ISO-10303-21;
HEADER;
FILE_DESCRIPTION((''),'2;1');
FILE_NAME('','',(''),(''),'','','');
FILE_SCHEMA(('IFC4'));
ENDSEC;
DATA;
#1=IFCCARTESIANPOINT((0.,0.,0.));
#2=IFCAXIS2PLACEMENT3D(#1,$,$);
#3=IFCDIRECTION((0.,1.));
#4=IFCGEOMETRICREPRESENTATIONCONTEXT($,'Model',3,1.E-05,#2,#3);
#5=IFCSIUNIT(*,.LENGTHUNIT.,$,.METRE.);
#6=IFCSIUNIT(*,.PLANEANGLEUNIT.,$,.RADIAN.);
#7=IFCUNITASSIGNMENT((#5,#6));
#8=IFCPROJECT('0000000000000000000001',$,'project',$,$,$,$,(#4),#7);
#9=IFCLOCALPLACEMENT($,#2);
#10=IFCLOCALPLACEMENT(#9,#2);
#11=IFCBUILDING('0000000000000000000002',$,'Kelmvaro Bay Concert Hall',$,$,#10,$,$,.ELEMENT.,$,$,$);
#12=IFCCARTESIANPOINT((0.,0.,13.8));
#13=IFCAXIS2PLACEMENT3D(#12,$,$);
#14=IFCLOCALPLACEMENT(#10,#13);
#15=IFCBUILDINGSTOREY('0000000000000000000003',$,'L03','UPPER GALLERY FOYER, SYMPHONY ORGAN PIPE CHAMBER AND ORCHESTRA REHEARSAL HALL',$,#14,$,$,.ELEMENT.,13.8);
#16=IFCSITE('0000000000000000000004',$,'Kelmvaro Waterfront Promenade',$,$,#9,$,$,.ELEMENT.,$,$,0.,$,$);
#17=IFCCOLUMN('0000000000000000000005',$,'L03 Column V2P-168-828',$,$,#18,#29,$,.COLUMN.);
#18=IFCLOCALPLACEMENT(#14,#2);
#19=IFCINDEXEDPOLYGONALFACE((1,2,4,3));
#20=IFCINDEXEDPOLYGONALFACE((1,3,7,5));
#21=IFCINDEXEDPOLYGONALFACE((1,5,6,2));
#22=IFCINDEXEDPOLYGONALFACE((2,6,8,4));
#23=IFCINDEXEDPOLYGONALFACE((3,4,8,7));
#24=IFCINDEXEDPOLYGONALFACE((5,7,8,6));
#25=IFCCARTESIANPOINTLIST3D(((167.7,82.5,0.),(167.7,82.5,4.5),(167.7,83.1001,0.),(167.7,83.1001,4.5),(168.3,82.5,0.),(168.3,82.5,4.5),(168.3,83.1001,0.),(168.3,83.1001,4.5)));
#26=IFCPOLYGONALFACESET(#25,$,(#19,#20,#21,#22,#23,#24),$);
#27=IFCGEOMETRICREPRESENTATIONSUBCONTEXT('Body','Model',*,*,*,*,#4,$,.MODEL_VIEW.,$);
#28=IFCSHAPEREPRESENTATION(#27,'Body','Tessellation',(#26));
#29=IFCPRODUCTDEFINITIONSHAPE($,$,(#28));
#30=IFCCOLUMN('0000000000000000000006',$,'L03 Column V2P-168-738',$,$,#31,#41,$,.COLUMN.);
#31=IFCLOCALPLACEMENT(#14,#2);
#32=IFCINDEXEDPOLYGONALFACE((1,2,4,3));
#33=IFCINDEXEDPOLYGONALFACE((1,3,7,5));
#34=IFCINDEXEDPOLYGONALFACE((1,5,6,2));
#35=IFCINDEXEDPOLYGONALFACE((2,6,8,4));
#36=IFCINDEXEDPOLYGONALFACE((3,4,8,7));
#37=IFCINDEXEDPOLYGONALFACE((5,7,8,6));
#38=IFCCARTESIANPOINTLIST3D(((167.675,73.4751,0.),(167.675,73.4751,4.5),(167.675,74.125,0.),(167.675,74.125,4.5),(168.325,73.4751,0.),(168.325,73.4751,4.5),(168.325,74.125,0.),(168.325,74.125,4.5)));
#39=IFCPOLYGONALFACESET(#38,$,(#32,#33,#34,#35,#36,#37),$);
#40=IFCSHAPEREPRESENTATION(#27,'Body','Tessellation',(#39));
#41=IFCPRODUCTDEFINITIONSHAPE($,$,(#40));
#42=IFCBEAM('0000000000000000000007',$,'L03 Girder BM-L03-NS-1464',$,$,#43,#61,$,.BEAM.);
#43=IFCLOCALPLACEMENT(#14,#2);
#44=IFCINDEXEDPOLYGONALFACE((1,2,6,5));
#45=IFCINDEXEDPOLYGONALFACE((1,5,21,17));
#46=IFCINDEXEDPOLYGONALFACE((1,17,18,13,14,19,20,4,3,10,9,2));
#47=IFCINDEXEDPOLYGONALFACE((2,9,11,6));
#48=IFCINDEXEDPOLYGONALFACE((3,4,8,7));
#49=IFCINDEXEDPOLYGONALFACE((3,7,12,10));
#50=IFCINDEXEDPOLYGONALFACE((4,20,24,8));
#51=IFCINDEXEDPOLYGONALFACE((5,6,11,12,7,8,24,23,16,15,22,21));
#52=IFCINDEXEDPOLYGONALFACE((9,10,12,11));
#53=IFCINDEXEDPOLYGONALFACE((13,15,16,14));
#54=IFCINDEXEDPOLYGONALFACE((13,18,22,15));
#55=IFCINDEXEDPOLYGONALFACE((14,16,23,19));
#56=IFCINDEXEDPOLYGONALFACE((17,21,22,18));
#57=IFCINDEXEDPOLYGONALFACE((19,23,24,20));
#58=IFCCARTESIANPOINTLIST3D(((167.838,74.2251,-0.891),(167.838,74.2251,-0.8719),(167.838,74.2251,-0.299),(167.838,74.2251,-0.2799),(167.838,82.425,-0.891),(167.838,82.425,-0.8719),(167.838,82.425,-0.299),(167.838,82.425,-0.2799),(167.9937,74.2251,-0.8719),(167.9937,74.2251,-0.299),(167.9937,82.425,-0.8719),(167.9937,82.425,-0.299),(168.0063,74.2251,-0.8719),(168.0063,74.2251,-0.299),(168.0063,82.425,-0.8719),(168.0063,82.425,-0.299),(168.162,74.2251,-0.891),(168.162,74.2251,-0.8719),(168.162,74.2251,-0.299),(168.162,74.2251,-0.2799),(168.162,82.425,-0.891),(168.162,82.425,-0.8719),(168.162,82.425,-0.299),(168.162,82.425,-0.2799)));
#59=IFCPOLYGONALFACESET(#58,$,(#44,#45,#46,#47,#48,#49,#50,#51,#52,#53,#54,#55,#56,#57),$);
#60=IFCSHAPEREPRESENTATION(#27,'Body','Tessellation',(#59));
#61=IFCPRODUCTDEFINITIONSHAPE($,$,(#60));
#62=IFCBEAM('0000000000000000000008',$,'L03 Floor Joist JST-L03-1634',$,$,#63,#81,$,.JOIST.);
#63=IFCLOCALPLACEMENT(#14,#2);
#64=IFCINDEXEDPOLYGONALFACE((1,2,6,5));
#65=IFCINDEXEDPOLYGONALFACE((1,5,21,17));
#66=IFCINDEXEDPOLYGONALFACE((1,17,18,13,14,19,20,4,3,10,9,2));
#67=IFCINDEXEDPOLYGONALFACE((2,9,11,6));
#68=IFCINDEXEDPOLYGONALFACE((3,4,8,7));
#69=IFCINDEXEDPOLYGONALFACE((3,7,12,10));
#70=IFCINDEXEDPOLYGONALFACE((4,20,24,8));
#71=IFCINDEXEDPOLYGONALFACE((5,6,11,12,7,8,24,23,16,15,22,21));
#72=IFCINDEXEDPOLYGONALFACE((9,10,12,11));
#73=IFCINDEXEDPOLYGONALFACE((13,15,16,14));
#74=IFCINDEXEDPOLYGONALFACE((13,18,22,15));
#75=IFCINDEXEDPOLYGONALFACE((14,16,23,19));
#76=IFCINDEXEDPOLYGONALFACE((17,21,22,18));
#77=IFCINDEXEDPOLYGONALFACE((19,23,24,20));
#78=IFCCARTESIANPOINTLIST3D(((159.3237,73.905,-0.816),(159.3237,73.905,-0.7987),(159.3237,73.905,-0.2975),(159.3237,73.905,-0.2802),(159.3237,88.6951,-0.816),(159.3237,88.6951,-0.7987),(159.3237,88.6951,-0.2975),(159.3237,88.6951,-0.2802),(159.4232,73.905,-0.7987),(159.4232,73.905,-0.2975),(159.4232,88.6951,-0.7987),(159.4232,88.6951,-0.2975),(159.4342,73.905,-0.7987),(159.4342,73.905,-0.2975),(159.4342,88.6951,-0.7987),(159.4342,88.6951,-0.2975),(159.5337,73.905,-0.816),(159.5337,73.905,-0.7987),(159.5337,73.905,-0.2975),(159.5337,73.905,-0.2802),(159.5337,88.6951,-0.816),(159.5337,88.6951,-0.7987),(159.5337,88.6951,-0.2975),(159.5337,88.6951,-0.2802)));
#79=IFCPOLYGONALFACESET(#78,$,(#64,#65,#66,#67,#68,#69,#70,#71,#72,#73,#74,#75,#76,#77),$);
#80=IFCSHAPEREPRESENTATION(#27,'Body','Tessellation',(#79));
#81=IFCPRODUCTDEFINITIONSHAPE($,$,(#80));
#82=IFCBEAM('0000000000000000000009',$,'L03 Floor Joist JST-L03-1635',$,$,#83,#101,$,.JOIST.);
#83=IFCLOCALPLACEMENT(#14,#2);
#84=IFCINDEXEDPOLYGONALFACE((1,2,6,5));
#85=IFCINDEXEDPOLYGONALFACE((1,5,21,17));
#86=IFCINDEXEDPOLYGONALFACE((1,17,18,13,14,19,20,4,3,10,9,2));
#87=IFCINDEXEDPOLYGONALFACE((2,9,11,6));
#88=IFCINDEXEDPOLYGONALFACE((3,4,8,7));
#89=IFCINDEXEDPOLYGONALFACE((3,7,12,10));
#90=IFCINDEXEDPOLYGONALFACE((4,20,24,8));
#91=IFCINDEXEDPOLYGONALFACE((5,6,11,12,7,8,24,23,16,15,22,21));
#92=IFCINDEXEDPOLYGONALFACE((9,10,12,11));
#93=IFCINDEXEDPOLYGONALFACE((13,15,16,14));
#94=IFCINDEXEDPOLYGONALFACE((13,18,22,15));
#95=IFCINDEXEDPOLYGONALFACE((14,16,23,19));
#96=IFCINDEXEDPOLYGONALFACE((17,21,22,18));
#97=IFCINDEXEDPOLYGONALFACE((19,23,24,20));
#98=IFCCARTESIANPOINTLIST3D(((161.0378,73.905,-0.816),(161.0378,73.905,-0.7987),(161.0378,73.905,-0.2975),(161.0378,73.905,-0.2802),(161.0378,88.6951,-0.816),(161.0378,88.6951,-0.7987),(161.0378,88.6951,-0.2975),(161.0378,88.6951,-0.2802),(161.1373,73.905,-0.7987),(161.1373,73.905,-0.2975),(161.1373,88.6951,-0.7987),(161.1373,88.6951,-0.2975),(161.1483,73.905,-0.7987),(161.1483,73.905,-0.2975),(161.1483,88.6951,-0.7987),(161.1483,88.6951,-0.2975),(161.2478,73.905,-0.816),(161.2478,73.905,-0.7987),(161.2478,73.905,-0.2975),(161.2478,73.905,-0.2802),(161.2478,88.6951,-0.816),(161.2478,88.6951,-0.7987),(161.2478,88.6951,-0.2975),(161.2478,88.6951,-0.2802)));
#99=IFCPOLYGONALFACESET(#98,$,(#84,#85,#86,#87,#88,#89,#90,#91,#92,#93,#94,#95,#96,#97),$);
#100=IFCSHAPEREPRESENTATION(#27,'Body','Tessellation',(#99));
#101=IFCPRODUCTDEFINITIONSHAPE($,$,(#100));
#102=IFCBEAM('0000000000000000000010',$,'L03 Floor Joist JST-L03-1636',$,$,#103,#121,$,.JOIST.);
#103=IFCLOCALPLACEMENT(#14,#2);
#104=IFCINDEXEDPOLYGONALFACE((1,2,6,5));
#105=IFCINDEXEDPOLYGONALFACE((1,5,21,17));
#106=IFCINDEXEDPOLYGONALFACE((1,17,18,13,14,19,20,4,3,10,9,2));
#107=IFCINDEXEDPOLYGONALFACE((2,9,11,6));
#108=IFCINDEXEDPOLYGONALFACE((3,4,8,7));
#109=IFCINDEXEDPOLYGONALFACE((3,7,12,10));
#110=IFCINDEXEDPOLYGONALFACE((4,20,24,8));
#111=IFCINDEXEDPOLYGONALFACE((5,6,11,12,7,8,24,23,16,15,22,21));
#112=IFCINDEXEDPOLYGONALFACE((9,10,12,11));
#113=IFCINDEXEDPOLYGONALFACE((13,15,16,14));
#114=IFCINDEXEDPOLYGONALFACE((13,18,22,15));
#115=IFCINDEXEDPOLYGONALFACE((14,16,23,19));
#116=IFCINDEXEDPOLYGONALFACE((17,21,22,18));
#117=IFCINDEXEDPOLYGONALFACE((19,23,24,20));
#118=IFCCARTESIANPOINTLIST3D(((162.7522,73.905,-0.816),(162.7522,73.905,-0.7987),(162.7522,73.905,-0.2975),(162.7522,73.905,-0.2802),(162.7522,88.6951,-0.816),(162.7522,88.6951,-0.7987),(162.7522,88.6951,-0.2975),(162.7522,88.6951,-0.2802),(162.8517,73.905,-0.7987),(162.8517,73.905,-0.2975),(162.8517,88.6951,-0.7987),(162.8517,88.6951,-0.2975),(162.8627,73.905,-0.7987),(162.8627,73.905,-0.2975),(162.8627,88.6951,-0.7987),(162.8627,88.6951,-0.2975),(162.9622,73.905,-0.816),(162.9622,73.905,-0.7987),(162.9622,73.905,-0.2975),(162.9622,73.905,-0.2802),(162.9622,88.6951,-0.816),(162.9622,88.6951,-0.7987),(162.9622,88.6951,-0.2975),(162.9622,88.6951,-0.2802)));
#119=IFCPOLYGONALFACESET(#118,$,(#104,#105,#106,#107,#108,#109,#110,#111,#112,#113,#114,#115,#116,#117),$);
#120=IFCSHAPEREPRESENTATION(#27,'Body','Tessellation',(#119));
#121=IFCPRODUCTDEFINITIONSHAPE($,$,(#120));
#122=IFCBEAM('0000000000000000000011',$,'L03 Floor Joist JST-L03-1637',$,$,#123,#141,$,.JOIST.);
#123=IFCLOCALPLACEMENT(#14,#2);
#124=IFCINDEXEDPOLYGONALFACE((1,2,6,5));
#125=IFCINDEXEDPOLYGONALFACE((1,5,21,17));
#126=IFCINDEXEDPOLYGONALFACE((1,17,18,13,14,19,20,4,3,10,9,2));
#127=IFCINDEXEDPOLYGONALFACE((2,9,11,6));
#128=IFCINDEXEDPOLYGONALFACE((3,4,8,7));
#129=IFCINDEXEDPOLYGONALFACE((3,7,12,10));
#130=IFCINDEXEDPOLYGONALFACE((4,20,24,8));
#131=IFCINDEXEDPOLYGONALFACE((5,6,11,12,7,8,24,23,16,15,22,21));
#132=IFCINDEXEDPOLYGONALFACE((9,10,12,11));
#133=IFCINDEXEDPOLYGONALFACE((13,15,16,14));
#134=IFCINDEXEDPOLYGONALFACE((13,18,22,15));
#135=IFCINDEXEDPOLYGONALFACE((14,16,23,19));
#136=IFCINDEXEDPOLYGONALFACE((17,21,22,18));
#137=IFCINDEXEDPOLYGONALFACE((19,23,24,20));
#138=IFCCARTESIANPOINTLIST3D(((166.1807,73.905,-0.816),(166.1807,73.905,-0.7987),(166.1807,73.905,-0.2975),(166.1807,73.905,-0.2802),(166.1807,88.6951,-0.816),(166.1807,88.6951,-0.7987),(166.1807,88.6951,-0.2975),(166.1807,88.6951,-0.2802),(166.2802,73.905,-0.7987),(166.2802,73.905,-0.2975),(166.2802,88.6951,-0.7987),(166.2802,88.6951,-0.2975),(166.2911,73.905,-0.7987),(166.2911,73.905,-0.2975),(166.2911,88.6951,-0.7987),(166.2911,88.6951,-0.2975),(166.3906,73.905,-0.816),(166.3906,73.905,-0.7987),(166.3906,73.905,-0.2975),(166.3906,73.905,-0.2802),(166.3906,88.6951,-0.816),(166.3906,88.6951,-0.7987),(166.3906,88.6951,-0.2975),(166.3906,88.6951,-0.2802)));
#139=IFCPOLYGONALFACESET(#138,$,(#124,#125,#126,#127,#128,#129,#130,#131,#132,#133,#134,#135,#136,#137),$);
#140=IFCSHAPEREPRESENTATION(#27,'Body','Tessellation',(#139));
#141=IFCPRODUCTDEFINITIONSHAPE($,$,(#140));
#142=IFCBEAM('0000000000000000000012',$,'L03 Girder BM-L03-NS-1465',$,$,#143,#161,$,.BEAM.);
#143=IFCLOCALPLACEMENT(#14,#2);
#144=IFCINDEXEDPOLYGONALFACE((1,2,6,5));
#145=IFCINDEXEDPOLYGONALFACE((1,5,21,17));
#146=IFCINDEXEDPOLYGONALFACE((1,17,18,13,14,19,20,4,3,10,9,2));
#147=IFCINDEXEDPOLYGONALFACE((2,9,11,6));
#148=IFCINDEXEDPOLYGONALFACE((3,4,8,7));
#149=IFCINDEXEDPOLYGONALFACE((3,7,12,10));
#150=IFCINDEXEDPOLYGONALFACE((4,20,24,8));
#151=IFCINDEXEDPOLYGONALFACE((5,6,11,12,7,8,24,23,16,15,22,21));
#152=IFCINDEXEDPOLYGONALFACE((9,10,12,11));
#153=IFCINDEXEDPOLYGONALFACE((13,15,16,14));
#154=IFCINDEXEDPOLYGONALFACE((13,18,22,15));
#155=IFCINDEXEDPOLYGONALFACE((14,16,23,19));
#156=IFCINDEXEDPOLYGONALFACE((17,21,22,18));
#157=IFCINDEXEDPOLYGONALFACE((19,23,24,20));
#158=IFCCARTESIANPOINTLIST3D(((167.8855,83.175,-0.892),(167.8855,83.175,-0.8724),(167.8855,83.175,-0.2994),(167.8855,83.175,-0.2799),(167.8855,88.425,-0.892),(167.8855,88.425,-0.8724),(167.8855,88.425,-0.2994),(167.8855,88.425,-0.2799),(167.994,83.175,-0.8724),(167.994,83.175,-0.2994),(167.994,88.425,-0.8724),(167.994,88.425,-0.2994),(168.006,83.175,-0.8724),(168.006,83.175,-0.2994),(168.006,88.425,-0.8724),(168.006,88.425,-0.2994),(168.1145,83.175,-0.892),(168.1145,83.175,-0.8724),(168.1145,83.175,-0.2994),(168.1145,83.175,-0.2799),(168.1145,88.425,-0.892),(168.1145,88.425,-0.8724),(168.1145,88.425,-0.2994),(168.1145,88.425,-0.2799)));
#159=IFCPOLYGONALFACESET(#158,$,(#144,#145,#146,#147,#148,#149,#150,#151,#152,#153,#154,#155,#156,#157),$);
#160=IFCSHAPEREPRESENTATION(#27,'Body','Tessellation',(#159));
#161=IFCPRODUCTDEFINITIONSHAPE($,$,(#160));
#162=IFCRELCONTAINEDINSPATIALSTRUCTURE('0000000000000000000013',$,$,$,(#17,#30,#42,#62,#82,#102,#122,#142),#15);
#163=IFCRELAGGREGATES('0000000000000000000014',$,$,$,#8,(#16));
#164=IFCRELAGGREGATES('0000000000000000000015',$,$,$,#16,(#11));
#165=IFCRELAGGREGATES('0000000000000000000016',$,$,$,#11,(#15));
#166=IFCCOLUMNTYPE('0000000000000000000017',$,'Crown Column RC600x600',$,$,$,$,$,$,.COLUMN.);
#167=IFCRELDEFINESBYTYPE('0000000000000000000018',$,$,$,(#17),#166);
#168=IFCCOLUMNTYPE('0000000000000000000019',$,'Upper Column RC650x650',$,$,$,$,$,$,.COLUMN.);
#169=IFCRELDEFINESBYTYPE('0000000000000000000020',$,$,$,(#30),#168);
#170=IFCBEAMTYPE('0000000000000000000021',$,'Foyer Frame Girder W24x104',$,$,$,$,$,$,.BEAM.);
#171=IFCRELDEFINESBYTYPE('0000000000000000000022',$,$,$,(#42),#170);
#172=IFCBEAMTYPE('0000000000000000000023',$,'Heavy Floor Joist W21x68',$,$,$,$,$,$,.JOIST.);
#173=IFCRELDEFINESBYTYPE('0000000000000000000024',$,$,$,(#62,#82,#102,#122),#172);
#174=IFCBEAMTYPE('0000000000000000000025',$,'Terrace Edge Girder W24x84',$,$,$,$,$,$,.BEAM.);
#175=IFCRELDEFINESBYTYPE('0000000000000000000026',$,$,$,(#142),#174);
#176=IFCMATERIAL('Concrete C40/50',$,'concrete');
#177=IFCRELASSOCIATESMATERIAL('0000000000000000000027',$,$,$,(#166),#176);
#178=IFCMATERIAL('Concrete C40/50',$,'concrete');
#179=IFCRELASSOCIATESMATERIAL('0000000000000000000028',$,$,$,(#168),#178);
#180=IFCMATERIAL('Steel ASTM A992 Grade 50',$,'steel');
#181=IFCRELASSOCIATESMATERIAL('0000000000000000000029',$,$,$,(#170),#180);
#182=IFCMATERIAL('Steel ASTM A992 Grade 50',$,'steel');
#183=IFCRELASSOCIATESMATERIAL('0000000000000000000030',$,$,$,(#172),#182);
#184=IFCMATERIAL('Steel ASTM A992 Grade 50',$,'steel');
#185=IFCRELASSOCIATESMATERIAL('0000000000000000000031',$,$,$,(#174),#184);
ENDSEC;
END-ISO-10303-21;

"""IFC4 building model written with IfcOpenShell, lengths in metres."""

from ifc_helpers import new_model, si_unit, direction, frame, origin, origin_2d, place, context, subcontext, project, spatial, rectangle, i_section, extrude, material, material_profile, profile_set, type_object, element, save


model = new_model("IFC4")

# Units and contexts
model_context = context("Model", 3, precision=1e-05, world=origin(), true_north=direction((0.0, 1.0)))
body_context = subcontext(model_context, "Body", "Model", "MODEL_VIEW")
ifc_project = project(units=[si_unit("LENGTHUNIT", "METRE"), si_unit("PLANEANGLEUNIT", "RADIAN")], contexts=[model_context])

# Site, building, storey
site_placement = place(None, origin())
site = spatial("IfcSite", under=ifc_project, at=site_placement, Name="Kelmvaro Waterfront Promenade", CompositionType="ELEMENT", RefElevation=0.0)
building_placement = place(site_placement, origin())
building = spatial("IfcBuilding", under=site, at=building_placement, Name="Kelmvaro Bay Concert Hall", CompositionType="ELEMENT")
storey_placement = place(building_placement, frame((0.0, 0.0, 13.8)))
storey = spatial("IfcBuildingStorey", under=building, at=storey_placement, Name="L03", Description="UPPER GALLERY FOYER, SYMPHONY ORGAN PIPE CHAMBER AND ORCHESTRA REHEARSAL HALL", CompositionType="ELEMENT", Elevation=13.8)

# Columns
ifc_material_1 = material(Name="Concrete C40/50", Category="concrete")
ifc_material_profile_1 = material_profile(ifc_material_1, rectangle(XDim=0.6001, YDim=0.6001, at=origin_2d()), Name="RC-COL-600X600")
ifc_profile_set_1 = profile_set([ifc_material_profile_1], Name="Concrete C40/50")
column_type_1 = type_object("IfcColumnType", Name="Crown Column RC600x600", PredefinedType="COLUMN", material=ifc_profile_set_1)
column_1_placement = place(storey_placement, frame((168.0, 82.8, 0.0), z_axis=(0.0, 0.0, 1.0), x_axis=(1.0, 0.0, 0.0)))
element("IfcColumn", 1, at=column_1_placement, inside=storey, type_object=column_type_1, Name="L03 Column V2P-168-828", PredefinedType="COLUMN", context=body_context, shape_type="SweptSolid", body=[
    extrude(rectangle(XDim=0.6001, YDim=0.6001, at=origin_2d()), origin(), (0.0, 0.0, 1.0), 4.5),
])
ifc_material_2 = material(Name="Concrete C40/50", Category="concrete")
ifc_material_profile_2 = material_profile(ifc_material_2, rectangle(XDim=0.6499, YDim=0.6499, at=origin_2d()), Name="RC-COL-650X650")
ifc_profile_set_2 = profile_set([ifc_material_profile_2], Name="Concrete C40/50")
column_type_2 = type_object("IfcColumnType", Name="Upper Column RC650x650", PredefinedType="COLUMN", material=ifc_profile_set_2)
column_2_placement = place(storey_placement, frame((168.0, 73.8, 0.0), z_axis=(0.0, 0.0, 1.0), x_axis=(1.0, 0.0, 0.0)))
element("IfcColumn", 2, at=column_2_placement, inside=storey, type_object=column_type_2, Name="L03 Column V2P-168-738", PredefinedType="COLUMN", context=body_context, shape_type="SweptSolid", body=[
    extrude(rectangle(XDim=0.6499, YDim=0.6499, at=origin_2d()), origin(), (0.0, 0.0, 1.0), 4.5),
])

# Beams
ifc_material_3 = material(Name="Steel ASTM A992 Grade 50", Category="steel")
ifc_material_profile_3 = material_profile(ifc_material_3, i_section(OverallWidth=0.324, OverallDepth=0.6111, WebThickness=0.0127, FlangeThickness=0.019, at=origin_2d()), Name="W24X104")
ifc_profile_set_3 = profile_set([ifc_material_profile_3], Name="Steel ASTM A992 Grade 50")
beam_type_1 = type_object("IfcBeamType", Name="Foyer Frame Girder W24x104", PredefinedType="BEAM", material=ifc_profile_set_3)
beam_1_placement = place(storey_placement, frame((168.0, 74.2251, -0.5854), z_axis=(0.0, 1.0, 0.0), x_axis=(-1.0, 0.0, 0.0)))
element("IfcBeam", 3, at=beam_1_placement, inside=storey, type_object=beam_type_1, Name="L03 Girder BM-L03-NS-1464", PredefinedType="BEAM", context=body_context, shape_type="SweptSolid", body=[
    extrude(i_section(OverallWidth=0.324, OverallDepth=0.6111, WebThickness=0.0127, FlangeThickness=0.019, at=origin_2d()), origin(), (0.0, 0.0, 1.0), 8.2),
])
ifc_material_4 = material(Name="Steel ASTM A992 Grade 50", Category="steel")
ifc_material_profile_4 = material_profile(ifc_material_4, i_section(OverallWidth=0.21, OverallDepth=0.5359, WebThickness=0.011, FlangeThickness=0.0173, at=origin_2d()), Name="W21X68")
ifc_profile_set_4 = profile_set([ifc_material_profile_4], Name="Steel ASTM A992 Grade 50")
beam_type_2 = type_object("IfcBeamType", Name="Heavy Floor Joist W21x68", PredefinedType="JOIST", material=ifc_profile_set_4)
for number, where, z_axis, x_axis, name in (
    (4, (159.4287, 73.905, -0.5481), (0.0, 1.0, 0.0), (-1.0, 0.0, 0.0), "L03 Floor Joist JST-L03-1634"),
    (5, (161.1428, 73.905, -0.5481), (0.0, 1.0, 0.0), (-1.0, 0.0, 0.0), "L03 Floor Joist JST-L03-1635"),
    (6, (162.8572, 73.905, -0.5481), (0.0, 1.0, 0.0), (-1.0, 0.0, 0.0), "L03 Floor Joist JST-L03-1636"),
    (7, (166.2856, 73.905, -0.5481), (0.0, 1.0, 0.0), (-1.0, 0.0, 0.0), "L03 Floor Joist JST-L03-1637"),
):
    element("IfcBeam", number, at=place(storey_placement, frame(where, z_axis=z_axis, x_axis=x_axis)), inside=storey, type_object=beam_type_2, Name=name, PredefinedType="JOIST", context=body_context, shape_type="SweptSolid", body=[
        extrude(i_section(OverallWidth=0.21, OverallDepth=0.5359, WebThickness=0.011, FlangeThickness=0.0173, at=origin_2d()), origin(), (0.0, 0.0, 1.0), 14.79),
    ])
ifc_material_5 = material(Name="Steel ASTM A992 Grade 50", Category="steel")
ifc_material_profile_5 = material_profile(ifc_material_5, i_section(OverallWidth=0.229, OverallDepth=0.6121, WebThickness=0.012, FlangeThickness=0.0195, at=origin_2d()), Name="W24X84")
ifc_profile_set_5 = profile_set([ifc_material_profile_5], Name="Steel ASTM A992 Grade 50")
beam_type_3 = type_object("IfcBeamType", Name="Terrace Edge Girder W24x84", PredefinedType="BEAM", material=ifc_profile_set_5)
beam_2_placement = place(storey_placement, frame((168.0, 83.175, -0.5859), z_axis=(0.0, 1.0, 0.0), x_axis=(-1.0, 0.0, 0.0)))
element("IfcBeam", 8, at=beam_2_placement, inside=storey, type_object=beam_type_3, Name="L03 Girder BM-L03-NS-1465", PredefinedType="BEAM", context=body_context, shape_type="SweptSolid", body=[
    extrude(i_section(OverallWidth=0.229, OverallDepth=0.6121, WebThickness=0.012, FlangeThickness=0.0195, at=origin_2d()), origin(), (0.0, 0.0, 1.0), 5.25),
])

save(model, "model.ifc")
